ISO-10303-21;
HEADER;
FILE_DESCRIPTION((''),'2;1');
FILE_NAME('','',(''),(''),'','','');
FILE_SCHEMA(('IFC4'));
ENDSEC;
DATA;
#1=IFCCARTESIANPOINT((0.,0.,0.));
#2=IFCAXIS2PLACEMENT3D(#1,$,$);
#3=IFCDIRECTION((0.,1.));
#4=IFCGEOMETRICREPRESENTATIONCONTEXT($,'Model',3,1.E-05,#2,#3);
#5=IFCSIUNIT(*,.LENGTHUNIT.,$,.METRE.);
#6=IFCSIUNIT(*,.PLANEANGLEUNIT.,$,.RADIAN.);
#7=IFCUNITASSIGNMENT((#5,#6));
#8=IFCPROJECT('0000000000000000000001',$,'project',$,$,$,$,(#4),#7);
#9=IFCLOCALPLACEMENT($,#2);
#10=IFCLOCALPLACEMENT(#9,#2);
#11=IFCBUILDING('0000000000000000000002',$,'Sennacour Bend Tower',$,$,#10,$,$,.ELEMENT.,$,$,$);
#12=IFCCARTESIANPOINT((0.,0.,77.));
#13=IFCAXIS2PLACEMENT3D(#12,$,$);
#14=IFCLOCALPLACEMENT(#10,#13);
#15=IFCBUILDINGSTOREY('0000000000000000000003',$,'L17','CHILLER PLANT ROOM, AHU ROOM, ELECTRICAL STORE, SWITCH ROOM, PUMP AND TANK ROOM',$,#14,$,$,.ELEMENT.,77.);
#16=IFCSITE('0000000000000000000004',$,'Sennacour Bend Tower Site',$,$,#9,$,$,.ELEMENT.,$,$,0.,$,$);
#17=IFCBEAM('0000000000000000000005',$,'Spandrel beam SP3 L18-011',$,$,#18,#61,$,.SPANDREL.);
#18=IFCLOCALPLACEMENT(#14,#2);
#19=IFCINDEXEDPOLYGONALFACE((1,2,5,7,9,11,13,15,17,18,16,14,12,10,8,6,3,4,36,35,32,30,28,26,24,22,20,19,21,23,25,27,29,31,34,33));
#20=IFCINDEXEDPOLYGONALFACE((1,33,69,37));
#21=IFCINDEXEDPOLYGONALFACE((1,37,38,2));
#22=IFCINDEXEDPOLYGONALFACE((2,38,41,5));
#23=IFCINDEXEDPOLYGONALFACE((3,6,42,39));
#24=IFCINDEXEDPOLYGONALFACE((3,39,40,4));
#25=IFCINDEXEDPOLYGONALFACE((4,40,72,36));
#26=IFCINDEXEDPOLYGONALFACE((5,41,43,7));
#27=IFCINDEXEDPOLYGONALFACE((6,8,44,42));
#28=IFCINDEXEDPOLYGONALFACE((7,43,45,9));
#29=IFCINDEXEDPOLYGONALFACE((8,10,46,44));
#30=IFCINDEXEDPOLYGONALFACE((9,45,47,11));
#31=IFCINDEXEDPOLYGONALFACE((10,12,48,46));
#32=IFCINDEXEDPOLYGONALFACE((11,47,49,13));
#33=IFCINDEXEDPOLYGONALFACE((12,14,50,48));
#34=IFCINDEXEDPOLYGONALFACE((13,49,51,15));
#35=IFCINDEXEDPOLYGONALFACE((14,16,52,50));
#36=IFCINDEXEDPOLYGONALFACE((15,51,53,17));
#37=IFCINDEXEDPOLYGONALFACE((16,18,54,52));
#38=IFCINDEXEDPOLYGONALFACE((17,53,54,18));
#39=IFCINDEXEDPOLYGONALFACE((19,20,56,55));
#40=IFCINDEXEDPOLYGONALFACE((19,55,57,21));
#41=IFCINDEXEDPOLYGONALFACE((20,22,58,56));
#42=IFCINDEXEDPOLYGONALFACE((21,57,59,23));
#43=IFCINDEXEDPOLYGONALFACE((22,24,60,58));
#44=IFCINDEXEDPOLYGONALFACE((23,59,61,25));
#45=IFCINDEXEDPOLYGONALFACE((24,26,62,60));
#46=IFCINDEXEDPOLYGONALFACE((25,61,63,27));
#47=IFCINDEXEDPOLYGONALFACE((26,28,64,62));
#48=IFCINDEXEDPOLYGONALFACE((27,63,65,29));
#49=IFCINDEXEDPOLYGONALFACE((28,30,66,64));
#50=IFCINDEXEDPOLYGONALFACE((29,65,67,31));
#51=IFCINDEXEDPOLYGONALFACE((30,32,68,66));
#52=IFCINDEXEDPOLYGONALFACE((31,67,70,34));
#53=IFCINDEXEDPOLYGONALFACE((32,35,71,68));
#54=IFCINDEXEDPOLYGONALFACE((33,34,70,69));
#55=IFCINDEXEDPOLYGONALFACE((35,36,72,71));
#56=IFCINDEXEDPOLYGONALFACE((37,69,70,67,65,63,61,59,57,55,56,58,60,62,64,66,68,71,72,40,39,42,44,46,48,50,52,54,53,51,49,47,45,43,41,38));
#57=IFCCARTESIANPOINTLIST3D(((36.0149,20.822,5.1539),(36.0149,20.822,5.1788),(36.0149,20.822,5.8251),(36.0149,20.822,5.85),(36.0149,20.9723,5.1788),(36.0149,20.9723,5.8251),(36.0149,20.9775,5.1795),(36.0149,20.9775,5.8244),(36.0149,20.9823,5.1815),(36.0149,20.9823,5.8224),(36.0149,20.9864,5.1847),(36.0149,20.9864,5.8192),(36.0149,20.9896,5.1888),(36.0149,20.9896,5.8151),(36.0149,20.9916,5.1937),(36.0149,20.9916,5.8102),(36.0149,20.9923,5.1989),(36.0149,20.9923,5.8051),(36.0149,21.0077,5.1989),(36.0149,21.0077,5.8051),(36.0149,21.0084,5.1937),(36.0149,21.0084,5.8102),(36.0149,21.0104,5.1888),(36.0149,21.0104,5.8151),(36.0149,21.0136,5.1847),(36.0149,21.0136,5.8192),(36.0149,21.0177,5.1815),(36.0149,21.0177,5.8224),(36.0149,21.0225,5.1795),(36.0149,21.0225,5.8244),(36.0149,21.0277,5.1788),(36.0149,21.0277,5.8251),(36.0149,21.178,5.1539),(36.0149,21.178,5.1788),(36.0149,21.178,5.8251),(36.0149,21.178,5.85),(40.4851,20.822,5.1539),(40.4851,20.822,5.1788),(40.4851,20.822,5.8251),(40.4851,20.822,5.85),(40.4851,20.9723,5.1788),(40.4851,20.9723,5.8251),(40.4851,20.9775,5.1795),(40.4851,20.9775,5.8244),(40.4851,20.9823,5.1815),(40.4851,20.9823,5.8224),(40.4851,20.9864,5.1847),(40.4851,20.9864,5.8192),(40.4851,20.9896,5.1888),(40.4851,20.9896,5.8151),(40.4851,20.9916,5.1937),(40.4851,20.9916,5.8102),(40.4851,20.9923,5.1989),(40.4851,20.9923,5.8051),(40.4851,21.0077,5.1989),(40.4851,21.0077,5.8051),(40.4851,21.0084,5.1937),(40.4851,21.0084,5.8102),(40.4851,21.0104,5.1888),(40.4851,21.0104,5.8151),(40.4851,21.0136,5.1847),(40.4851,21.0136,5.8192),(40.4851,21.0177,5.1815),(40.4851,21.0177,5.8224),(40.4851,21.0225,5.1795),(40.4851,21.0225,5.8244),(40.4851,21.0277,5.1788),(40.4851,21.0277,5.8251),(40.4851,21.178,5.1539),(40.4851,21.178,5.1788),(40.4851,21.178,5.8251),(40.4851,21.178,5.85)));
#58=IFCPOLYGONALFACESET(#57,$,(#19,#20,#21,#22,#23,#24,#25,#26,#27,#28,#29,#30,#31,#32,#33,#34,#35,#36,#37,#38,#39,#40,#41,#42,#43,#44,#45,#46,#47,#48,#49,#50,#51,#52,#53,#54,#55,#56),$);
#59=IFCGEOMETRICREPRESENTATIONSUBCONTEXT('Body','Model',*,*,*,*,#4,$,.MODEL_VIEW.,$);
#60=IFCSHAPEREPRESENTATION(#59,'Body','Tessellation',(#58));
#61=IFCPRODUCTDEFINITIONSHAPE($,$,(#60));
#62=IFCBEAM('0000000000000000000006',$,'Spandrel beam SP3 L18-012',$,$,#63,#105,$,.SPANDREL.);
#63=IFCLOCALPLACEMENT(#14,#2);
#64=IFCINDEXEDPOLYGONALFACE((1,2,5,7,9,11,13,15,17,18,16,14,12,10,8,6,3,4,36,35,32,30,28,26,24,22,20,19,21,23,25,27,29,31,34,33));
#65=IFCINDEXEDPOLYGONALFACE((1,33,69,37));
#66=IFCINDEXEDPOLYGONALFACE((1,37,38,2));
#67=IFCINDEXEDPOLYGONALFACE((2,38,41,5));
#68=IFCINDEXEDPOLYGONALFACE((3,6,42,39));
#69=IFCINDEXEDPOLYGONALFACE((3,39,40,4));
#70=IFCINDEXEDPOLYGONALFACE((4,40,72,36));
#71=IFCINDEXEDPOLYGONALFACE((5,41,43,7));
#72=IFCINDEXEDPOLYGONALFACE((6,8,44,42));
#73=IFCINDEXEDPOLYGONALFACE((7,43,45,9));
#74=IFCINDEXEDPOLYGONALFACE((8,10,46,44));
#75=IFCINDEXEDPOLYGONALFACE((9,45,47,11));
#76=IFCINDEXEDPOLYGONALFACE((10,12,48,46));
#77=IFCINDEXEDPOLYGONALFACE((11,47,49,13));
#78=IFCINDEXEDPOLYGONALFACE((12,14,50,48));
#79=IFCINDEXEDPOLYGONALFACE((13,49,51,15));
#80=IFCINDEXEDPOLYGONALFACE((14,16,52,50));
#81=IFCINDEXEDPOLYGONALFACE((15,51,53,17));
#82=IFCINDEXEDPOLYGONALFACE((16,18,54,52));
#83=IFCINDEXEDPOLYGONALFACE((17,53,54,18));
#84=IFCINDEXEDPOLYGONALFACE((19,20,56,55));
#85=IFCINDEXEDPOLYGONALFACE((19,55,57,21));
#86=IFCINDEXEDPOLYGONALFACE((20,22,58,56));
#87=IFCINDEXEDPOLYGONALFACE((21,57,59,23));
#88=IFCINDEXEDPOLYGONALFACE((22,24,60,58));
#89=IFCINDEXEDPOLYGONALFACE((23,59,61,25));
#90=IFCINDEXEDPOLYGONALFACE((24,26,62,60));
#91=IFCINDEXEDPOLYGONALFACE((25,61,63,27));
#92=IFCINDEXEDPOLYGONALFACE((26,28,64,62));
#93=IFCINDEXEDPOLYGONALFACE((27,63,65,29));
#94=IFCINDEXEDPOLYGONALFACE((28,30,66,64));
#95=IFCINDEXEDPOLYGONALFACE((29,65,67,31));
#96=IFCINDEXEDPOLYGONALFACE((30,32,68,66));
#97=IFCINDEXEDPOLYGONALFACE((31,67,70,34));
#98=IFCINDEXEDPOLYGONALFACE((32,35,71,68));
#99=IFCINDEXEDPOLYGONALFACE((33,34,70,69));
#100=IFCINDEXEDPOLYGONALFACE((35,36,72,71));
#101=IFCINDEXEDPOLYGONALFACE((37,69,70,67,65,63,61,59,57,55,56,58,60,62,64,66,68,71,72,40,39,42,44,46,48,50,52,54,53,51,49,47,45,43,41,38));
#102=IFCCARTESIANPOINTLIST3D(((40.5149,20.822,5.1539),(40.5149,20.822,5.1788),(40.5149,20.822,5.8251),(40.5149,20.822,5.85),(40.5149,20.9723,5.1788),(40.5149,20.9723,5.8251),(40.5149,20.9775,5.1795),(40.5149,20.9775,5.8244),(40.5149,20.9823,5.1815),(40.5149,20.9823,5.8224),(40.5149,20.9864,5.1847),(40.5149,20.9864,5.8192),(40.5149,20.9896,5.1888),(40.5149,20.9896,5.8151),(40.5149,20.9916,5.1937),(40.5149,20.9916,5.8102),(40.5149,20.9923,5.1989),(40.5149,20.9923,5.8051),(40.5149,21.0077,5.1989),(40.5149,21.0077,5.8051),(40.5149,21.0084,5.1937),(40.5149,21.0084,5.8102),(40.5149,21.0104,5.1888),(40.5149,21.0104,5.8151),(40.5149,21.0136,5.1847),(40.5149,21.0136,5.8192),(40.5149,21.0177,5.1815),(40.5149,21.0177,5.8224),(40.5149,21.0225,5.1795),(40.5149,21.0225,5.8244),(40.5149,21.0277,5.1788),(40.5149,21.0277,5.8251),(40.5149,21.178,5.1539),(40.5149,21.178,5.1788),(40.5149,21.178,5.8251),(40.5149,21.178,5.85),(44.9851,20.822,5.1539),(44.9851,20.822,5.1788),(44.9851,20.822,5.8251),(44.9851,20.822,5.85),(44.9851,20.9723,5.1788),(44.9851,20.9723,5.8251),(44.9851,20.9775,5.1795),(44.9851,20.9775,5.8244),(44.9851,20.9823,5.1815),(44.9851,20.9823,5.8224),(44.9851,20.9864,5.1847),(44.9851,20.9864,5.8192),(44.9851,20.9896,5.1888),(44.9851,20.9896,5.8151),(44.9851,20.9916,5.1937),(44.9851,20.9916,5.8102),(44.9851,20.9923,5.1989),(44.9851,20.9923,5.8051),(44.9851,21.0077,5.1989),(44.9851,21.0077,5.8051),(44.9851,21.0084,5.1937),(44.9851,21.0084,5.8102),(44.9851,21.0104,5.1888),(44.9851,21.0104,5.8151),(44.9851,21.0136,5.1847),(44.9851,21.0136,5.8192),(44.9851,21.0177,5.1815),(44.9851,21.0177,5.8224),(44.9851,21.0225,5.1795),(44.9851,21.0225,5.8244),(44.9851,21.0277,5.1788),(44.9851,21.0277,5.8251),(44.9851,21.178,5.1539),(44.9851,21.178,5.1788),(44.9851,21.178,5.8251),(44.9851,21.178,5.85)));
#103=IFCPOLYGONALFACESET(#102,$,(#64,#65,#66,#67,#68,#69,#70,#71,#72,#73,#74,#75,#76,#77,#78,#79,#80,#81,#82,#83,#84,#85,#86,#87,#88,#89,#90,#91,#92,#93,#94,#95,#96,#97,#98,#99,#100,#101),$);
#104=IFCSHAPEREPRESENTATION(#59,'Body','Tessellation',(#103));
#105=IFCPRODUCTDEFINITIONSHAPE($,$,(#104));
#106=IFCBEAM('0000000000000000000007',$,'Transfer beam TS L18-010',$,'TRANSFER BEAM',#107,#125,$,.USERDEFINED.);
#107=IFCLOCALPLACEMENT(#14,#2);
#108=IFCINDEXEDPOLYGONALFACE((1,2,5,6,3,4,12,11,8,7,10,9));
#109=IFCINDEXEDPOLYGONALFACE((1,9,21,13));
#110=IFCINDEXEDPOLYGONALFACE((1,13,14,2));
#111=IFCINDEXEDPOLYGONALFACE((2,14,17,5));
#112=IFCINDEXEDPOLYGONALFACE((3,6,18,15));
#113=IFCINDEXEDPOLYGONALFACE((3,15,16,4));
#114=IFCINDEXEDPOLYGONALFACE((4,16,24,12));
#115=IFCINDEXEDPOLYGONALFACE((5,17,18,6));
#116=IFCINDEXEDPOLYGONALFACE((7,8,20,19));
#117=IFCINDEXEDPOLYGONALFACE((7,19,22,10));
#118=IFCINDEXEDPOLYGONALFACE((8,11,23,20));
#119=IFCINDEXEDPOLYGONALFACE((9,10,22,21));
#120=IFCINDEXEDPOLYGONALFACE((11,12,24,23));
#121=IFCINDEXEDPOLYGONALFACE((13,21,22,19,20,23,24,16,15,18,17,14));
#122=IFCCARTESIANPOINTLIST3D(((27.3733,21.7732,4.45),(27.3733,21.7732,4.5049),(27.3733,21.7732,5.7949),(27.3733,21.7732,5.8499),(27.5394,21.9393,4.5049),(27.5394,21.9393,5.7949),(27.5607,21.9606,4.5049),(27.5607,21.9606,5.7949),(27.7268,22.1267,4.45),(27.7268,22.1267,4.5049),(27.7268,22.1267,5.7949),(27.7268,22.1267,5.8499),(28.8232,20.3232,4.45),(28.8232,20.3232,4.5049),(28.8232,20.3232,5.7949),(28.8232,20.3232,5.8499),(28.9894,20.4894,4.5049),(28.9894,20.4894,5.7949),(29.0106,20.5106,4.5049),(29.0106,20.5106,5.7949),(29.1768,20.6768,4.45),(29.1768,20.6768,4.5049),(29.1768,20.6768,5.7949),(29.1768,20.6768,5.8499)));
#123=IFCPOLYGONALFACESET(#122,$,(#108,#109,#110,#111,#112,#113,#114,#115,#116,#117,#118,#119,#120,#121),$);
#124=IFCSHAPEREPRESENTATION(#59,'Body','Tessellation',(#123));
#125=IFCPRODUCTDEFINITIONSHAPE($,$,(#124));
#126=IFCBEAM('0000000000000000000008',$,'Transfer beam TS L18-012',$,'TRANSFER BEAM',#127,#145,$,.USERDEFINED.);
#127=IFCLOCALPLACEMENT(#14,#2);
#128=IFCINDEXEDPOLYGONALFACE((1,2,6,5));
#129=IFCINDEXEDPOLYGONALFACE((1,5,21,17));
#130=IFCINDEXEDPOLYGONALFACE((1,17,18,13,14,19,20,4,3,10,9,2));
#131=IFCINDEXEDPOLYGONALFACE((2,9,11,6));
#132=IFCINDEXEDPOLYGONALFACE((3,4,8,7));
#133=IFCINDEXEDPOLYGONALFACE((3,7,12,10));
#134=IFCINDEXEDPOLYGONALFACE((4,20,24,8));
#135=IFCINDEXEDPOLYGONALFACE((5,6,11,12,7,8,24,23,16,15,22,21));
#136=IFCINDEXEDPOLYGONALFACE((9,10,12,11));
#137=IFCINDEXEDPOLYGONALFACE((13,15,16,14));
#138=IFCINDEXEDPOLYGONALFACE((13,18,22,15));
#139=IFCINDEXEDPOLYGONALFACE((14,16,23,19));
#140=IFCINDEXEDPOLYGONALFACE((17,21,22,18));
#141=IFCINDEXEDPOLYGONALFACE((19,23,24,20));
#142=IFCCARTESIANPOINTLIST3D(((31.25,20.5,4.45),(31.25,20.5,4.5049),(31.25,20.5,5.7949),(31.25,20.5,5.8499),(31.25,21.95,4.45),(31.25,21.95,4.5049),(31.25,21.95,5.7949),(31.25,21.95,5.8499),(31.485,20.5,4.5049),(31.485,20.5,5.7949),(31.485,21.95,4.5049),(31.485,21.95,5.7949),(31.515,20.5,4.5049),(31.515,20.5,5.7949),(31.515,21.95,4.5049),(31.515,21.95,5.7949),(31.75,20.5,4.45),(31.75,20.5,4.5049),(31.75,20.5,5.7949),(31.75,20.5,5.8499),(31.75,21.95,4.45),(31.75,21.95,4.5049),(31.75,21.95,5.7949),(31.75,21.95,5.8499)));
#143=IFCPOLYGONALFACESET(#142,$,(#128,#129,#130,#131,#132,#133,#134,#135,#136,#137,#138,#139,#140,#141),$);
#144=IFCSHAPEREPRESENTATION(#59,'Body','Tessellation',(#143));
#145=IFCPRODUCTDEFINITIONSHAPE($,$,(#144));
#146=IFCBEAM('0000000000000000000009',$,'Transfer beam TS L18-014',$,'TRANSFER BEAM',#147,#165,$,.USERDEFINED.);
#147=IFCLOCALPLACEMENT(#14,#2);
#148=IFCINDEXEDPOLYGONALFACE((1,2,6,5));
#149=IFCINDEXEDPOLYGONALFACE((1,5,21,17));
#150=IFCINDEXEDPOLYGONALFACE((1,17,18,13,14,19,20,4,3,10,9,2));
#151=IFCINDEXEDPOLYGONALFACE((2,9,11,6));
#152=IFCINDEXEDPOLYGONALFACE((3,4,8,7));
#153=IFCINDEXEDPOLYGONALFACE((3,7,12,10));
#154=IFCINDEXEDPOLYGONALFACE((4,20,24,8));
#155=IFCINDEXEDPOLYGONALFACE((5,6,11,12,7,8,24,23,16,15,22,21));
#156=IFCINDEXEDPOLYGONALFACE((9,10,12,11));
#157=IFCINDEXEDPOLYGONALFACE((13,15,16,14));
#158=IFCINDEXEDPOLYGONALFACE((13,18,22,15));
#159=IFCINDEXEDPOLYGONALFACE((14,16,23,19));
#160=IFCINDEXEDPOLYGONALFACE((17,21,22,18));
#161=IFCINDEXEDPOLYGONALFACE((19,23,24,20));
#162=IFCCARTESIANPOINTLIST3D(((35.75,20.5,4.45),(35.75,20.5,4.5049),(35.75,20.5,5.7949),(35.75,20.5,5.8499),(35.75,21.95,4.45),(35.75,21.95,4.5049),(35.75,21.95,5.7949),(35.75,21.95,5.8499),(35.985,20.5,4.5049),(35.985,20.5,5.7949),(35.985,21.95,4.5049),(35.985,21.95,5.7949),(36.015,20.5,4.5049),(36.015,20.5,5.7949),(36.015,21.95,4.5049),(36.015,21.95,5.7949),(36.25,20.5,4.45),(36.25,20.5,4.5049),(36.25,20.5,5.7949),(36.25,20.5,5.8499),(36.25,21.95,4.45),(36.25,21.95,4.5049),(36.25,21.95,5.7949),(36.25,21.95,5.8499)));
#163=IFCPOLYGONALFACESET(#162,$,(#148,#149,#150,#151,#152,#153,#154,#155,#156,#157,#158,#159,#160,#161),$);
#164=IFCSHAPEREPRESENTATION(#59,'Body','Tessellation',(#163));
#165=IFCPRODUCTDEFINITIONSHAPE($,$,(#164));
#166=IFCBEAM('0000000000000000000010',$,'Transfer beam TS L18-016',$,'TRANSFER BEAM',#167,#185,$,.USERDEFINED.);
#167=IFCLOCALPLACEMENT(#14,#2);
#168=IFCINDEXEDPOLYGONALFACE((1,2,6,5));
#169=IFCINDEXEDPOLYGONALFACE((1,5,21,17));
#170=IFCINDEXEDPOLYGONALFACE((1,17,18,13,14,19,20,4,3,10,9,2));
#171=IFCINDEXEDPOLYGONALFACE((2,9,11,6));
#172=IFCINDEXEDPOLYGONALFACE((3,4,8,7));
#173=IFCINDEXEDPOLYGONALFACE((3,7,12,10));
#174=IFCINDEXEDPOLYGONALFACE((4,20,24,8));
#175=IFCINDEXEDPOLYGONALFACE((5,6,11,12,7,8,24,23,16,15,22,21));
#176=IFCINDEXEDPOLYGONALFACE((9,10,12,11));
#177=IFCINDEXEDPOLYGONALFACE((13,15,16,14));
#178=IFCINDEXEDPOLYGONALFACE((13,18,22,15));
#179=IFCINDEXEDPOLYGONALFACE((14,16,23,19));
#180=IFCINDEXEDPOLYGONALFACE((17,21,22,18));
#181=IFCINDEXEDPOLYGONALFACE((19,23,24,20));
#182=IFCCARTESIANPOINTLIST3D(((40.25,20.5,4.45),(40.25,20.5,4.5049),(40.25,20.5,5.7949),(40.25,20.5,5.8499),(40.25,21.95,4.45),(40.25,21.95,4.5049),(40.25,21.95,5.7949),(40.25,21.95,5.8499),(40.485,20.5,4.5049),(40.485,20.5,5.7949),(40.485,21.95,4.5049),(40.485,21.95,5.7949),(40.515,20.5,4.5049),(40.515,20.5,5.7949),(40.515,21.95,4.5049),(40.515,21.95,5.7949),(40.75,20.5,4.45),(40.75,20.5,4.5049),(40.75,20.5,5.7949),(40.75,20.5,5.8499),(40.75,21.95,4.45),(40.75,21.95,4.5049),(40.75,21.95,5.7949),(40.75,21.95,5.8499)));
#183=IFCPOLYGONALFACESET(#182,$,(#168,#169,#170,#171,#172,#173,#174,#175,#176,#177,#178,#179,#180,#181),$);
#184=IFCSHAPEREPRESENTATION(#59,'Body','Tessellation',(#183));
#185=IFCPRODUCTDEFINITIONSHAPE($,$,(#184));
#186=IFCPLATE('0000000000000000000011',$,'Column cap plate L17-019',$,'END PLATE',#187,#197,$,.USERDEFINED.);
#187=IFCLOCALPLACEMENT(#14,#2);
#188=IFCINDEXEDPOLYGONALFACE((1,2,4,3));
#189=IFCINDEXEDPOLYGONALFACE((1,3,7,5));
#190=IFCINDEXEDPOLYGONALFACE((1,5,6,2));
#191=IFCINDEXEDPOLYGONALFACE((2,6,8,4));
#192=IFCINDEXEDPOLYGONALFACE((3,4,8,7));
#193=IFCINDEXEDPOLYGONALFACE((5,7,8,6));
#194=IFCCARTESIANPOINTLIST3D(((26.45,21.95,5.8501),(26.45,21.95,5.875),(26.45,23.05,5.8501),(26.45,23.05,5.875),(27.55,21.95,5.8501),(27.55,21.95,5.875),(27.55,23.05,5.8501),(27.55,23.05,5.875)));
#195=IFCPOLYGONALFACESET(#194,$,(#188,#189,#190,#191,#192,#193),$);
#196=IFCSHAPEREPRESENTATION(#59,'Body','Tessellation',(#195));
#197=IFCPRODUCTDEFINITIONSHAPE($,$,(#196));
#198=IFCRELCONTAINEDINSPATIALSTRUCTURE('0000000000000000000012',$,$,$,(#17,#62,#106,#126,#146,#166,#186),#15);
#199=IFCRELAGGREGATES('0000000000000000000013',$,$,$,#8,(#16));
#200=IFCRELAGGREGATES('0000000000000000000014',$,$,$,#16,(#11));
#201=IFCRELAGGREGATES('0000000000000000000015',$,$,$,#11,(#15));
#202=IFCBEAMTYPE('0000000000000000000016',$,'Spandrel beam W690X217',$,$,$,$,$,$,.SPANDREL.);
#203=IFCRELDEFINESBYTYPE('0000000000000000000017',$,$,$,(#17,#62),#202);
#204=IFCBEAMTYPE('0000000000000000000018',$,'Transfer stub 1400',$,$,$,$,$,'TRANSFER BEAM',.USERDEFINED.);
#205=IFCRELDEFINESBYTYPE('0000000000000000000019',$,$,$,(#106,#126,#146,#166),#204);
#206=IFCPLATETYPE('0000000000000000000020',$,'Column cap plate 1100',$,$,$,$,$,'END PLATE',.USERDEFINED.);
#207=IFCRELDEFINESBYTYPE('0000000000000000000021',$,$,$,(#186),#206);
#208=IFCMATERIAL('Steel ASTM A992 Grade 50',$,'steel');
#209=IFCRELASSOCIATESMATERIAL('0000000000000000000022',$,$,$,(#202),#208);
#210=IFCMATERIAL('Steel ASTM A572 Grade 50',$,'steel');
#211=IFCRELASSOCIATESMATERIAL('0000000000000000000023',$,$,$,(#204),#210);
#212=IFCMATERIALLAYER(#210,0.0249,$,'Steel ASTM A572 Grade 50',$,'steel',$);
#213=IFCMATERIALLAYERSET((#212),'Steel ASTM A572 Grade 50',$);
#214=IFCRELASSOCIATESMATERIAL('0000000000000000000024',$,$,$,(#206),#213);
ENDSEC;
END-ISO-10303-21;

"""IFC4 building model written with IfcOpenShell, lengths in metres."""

from ifc_helpers import new_model, si_unit, direction, frame, origin, origin_2d, place, context, subcontext, project, spatial, rectangle, i_section, extrude, material, layer, layer_set, material_profile, profile_set, type_object, element, save


model = new_model("IFC4")

# Units and contexts
model_context = context("Model", 3, precision=1e-05, world=origin(), true_north=direction((0.0, 1.0)))
body_context = subcontext(model_context, "Body", "Model", "MODEL_VIEW")
ifc_project = project(units=[si_unit("LENGTHUNIT", "METRE"), si_unit("PLANEANGLEUNIT", "RADIAN")], contexts=[model_context])

# Site, building, storey
site_placement = place(None, origin())
site = spatial("IfcSite", under=ifc_project, at=site_placement, Name="Sennacour Bend Tower Site", CompositionType="ELEMENT", RefElevation=0.0)
building_placement = place(site_placement, origin())
building = spatial("IfcBuilding", under=site, at=building_placement, Name="Sennacour Bend Tower", CompositionType="ELEMENT")
storey_placement = place(building_placement, frame((0.0, 0.0, 77.0)))
storey = spatial("IfcBuildingStorey", under=building, at=storey_placement, Name="L17", Description="CHILLER PLANT ROOM, AHU ROOM, ELECTRICAL STORE, SWITCH ROOM, PUMP AND TANK ROOM", CompositionType="ELEMENT", Elevation=77.0)

# Shared definitions
ifc_material_1 = material(Name="Steel ASTM A572 Grade 50", Category="steel")

# Shared definitions
ifc_material_2 = material(Name="Steel ASTM A992 Grade 50", Category="steel")

# Beams
ifc_material_profile_1 = material_profile(ifc_material_2, i_section(OverallWidth=0.356, OverallDepth=0.696, WebThickness=0.0154, FlangeThickness=0.0249, FilletRadius=0.02, at=origin_2d()), Name="Steel ASTM A992 Grade 50", Category="steel")
ifc_profile_set_1 = profile_set([ifc_material_profile_1], Name="Steel ASTM A992 Grade 50")
beam_type_1 = type_object("IfcBeamType", Name="Spandrel beam W690X217", PredefinedType="SPANDREL", material=ifc_profile_set_1)
for number, where, z_axis, x_axis, name in (
    (1, (36.0149, 21.0, 5.502), (1.0, 0.0, 0.0), (0.0, 1.0, 0.0), "Spandrel beam SP3 L18-011"),
    (2, (40.5149, 21.0, 5.502), (1.0, 0.0, 0.0), (0.0, 1.0, 0.0), "Spandrel beam SP3 L18-012"),
):
    element("IfcBeam", number, at=place(storey_placement, frame(where, z_axis=z_axis, x_axis=x_axis)), inside=storey, type_object=beam_type_1, Name=name, PredefinedType="SPANDREL", context=body_context, shape_type="SweptSolid", body=[
        extrude(i_section(OverallWidth=0.356, OverallDepth=0.696, WebThickness=0.0154, FlangeThickness=0.0249, FilletRadius=0.02, at=origin_2d()), origin(), (0.0, 0.0, 1.0), 4.4702),
    ])
ifc_material_profile_2 = material_profile(ifc_material_1, i_section(OverallWidth=0.5, OverallDepth=1.3999, WebThickness=0.03, FlangeThickness=0.0549, at=origin_2d()), Name="Steel ASTM A572 Grade 50", Category="steel")
ifc_profile_set_2 = profile_set([ifc_material_profile_2], Name="Steel ASTM A572 Grade 50")
beam_type_2 = type_object("IfcBeamType", Name="Transfer stub 1400", ElementType="TRANSFER BEAM", PredefinedType="USERDEFINED", material=ifc_profile_set_2)
beam_placement = place(storey_placement, frame((27.55, 21.95, 5.1499), z_axis=(0.707107, -0.707107, 0.0), x_axis=(0.707107, 0.707107, 0.0)))
element("IfcBeam", 3, at=beam_placement, inside=storey, type_object=beam_type_2, Name="Transfer beam TS L18-010", ObjectType="TRANSFER BEAM", PredefinedType="USERDEFINED", context=body_context, shape_type="SweptSolid", body=[
    extrude(i_section(OverallWidth=0.5, OverallDepth=1.3999, WebThickness=0.03, FlangeThickness=0.0549, at=origin_2d()), origin(), (0.0, 0.0, 1.0), 2.0505),
])
for number, where, z_axis, x_axis, name in (
    (4, (31.5, 21.95, 5.1499), (0.0, -1.0, 0.0), (1.0, 0.0, 0.0), "Transfer beam TS L18-012"),
    (5, (36.0, 21.95, 5.1499), (0.0, -1.0, 0.0), (1.0, 0.0, 0.0), "Transfer beam TS L18-014"),
    (6, (40.5, 21.95, 5.1499), (0.0, -1.0, 0.0), (1.0, 0.0, 0.0), "Transfer beam TS L18-016"),
):
    element("IfcBeam", number, at=place(storey_placement, frame(where, z_axis=z_axis, x_axis=x_axis)), inside=storey, type_object=beam_type_2, Name=name, ObjectType="TRANSFER BEAM", PredefinedType="USERDEFINED", context=body_context, shape_type="SweptSolid", body=[
        extrude(i_section(OverallWidth=0.5, OverallDepth=1.3999, WebThickness=0.03, FlangeThickness=0.0549, at=origin_2d()), origin(), (0.0, 0.0, 1.0), 1.45),
    ])

# Plate
ifc_layer_1 = layer(ifc_material_1, 0.0249, Name="Steel ASTM A572 Grade 50", Category="steel")
ifc_layer_set_1 = layer_set([ifc_layer_1], Name="Steel ASTM A572 Grade 50")
plate_type_1 = type_object("IfcPlateType", Name="Column cap plate 1100", ElementType="END PLATE", PredefinedType="USERDEFINED", material=ifc_layer_set_1)
for number, where, z_axis, x_axis, name in (
    (7, (27.0, 22.5, 5.8501), (0.0, 0.0, 1.0), (1.0, 0.0, 0.0), "Column cap plate L17-019"),
):
    element("IfcPlate", number, at=place(storey_placement, frame(where, z_axis=z_axis, x_axis=x_axis)), inside=storey, type_object=plate_type_1, Name=name, ObjectType="END PLATE", PredefinedType="USERDEFINED", context=body_context, shape_type="SweptSolid", body=[
        extrude(rectangle(XDim=1.1001, YDim=1.1001, at=origin_2d()), origin(), (0.0, 0.0, 1.0), 0.0249),
    ])

save(model, "model.ifc")
